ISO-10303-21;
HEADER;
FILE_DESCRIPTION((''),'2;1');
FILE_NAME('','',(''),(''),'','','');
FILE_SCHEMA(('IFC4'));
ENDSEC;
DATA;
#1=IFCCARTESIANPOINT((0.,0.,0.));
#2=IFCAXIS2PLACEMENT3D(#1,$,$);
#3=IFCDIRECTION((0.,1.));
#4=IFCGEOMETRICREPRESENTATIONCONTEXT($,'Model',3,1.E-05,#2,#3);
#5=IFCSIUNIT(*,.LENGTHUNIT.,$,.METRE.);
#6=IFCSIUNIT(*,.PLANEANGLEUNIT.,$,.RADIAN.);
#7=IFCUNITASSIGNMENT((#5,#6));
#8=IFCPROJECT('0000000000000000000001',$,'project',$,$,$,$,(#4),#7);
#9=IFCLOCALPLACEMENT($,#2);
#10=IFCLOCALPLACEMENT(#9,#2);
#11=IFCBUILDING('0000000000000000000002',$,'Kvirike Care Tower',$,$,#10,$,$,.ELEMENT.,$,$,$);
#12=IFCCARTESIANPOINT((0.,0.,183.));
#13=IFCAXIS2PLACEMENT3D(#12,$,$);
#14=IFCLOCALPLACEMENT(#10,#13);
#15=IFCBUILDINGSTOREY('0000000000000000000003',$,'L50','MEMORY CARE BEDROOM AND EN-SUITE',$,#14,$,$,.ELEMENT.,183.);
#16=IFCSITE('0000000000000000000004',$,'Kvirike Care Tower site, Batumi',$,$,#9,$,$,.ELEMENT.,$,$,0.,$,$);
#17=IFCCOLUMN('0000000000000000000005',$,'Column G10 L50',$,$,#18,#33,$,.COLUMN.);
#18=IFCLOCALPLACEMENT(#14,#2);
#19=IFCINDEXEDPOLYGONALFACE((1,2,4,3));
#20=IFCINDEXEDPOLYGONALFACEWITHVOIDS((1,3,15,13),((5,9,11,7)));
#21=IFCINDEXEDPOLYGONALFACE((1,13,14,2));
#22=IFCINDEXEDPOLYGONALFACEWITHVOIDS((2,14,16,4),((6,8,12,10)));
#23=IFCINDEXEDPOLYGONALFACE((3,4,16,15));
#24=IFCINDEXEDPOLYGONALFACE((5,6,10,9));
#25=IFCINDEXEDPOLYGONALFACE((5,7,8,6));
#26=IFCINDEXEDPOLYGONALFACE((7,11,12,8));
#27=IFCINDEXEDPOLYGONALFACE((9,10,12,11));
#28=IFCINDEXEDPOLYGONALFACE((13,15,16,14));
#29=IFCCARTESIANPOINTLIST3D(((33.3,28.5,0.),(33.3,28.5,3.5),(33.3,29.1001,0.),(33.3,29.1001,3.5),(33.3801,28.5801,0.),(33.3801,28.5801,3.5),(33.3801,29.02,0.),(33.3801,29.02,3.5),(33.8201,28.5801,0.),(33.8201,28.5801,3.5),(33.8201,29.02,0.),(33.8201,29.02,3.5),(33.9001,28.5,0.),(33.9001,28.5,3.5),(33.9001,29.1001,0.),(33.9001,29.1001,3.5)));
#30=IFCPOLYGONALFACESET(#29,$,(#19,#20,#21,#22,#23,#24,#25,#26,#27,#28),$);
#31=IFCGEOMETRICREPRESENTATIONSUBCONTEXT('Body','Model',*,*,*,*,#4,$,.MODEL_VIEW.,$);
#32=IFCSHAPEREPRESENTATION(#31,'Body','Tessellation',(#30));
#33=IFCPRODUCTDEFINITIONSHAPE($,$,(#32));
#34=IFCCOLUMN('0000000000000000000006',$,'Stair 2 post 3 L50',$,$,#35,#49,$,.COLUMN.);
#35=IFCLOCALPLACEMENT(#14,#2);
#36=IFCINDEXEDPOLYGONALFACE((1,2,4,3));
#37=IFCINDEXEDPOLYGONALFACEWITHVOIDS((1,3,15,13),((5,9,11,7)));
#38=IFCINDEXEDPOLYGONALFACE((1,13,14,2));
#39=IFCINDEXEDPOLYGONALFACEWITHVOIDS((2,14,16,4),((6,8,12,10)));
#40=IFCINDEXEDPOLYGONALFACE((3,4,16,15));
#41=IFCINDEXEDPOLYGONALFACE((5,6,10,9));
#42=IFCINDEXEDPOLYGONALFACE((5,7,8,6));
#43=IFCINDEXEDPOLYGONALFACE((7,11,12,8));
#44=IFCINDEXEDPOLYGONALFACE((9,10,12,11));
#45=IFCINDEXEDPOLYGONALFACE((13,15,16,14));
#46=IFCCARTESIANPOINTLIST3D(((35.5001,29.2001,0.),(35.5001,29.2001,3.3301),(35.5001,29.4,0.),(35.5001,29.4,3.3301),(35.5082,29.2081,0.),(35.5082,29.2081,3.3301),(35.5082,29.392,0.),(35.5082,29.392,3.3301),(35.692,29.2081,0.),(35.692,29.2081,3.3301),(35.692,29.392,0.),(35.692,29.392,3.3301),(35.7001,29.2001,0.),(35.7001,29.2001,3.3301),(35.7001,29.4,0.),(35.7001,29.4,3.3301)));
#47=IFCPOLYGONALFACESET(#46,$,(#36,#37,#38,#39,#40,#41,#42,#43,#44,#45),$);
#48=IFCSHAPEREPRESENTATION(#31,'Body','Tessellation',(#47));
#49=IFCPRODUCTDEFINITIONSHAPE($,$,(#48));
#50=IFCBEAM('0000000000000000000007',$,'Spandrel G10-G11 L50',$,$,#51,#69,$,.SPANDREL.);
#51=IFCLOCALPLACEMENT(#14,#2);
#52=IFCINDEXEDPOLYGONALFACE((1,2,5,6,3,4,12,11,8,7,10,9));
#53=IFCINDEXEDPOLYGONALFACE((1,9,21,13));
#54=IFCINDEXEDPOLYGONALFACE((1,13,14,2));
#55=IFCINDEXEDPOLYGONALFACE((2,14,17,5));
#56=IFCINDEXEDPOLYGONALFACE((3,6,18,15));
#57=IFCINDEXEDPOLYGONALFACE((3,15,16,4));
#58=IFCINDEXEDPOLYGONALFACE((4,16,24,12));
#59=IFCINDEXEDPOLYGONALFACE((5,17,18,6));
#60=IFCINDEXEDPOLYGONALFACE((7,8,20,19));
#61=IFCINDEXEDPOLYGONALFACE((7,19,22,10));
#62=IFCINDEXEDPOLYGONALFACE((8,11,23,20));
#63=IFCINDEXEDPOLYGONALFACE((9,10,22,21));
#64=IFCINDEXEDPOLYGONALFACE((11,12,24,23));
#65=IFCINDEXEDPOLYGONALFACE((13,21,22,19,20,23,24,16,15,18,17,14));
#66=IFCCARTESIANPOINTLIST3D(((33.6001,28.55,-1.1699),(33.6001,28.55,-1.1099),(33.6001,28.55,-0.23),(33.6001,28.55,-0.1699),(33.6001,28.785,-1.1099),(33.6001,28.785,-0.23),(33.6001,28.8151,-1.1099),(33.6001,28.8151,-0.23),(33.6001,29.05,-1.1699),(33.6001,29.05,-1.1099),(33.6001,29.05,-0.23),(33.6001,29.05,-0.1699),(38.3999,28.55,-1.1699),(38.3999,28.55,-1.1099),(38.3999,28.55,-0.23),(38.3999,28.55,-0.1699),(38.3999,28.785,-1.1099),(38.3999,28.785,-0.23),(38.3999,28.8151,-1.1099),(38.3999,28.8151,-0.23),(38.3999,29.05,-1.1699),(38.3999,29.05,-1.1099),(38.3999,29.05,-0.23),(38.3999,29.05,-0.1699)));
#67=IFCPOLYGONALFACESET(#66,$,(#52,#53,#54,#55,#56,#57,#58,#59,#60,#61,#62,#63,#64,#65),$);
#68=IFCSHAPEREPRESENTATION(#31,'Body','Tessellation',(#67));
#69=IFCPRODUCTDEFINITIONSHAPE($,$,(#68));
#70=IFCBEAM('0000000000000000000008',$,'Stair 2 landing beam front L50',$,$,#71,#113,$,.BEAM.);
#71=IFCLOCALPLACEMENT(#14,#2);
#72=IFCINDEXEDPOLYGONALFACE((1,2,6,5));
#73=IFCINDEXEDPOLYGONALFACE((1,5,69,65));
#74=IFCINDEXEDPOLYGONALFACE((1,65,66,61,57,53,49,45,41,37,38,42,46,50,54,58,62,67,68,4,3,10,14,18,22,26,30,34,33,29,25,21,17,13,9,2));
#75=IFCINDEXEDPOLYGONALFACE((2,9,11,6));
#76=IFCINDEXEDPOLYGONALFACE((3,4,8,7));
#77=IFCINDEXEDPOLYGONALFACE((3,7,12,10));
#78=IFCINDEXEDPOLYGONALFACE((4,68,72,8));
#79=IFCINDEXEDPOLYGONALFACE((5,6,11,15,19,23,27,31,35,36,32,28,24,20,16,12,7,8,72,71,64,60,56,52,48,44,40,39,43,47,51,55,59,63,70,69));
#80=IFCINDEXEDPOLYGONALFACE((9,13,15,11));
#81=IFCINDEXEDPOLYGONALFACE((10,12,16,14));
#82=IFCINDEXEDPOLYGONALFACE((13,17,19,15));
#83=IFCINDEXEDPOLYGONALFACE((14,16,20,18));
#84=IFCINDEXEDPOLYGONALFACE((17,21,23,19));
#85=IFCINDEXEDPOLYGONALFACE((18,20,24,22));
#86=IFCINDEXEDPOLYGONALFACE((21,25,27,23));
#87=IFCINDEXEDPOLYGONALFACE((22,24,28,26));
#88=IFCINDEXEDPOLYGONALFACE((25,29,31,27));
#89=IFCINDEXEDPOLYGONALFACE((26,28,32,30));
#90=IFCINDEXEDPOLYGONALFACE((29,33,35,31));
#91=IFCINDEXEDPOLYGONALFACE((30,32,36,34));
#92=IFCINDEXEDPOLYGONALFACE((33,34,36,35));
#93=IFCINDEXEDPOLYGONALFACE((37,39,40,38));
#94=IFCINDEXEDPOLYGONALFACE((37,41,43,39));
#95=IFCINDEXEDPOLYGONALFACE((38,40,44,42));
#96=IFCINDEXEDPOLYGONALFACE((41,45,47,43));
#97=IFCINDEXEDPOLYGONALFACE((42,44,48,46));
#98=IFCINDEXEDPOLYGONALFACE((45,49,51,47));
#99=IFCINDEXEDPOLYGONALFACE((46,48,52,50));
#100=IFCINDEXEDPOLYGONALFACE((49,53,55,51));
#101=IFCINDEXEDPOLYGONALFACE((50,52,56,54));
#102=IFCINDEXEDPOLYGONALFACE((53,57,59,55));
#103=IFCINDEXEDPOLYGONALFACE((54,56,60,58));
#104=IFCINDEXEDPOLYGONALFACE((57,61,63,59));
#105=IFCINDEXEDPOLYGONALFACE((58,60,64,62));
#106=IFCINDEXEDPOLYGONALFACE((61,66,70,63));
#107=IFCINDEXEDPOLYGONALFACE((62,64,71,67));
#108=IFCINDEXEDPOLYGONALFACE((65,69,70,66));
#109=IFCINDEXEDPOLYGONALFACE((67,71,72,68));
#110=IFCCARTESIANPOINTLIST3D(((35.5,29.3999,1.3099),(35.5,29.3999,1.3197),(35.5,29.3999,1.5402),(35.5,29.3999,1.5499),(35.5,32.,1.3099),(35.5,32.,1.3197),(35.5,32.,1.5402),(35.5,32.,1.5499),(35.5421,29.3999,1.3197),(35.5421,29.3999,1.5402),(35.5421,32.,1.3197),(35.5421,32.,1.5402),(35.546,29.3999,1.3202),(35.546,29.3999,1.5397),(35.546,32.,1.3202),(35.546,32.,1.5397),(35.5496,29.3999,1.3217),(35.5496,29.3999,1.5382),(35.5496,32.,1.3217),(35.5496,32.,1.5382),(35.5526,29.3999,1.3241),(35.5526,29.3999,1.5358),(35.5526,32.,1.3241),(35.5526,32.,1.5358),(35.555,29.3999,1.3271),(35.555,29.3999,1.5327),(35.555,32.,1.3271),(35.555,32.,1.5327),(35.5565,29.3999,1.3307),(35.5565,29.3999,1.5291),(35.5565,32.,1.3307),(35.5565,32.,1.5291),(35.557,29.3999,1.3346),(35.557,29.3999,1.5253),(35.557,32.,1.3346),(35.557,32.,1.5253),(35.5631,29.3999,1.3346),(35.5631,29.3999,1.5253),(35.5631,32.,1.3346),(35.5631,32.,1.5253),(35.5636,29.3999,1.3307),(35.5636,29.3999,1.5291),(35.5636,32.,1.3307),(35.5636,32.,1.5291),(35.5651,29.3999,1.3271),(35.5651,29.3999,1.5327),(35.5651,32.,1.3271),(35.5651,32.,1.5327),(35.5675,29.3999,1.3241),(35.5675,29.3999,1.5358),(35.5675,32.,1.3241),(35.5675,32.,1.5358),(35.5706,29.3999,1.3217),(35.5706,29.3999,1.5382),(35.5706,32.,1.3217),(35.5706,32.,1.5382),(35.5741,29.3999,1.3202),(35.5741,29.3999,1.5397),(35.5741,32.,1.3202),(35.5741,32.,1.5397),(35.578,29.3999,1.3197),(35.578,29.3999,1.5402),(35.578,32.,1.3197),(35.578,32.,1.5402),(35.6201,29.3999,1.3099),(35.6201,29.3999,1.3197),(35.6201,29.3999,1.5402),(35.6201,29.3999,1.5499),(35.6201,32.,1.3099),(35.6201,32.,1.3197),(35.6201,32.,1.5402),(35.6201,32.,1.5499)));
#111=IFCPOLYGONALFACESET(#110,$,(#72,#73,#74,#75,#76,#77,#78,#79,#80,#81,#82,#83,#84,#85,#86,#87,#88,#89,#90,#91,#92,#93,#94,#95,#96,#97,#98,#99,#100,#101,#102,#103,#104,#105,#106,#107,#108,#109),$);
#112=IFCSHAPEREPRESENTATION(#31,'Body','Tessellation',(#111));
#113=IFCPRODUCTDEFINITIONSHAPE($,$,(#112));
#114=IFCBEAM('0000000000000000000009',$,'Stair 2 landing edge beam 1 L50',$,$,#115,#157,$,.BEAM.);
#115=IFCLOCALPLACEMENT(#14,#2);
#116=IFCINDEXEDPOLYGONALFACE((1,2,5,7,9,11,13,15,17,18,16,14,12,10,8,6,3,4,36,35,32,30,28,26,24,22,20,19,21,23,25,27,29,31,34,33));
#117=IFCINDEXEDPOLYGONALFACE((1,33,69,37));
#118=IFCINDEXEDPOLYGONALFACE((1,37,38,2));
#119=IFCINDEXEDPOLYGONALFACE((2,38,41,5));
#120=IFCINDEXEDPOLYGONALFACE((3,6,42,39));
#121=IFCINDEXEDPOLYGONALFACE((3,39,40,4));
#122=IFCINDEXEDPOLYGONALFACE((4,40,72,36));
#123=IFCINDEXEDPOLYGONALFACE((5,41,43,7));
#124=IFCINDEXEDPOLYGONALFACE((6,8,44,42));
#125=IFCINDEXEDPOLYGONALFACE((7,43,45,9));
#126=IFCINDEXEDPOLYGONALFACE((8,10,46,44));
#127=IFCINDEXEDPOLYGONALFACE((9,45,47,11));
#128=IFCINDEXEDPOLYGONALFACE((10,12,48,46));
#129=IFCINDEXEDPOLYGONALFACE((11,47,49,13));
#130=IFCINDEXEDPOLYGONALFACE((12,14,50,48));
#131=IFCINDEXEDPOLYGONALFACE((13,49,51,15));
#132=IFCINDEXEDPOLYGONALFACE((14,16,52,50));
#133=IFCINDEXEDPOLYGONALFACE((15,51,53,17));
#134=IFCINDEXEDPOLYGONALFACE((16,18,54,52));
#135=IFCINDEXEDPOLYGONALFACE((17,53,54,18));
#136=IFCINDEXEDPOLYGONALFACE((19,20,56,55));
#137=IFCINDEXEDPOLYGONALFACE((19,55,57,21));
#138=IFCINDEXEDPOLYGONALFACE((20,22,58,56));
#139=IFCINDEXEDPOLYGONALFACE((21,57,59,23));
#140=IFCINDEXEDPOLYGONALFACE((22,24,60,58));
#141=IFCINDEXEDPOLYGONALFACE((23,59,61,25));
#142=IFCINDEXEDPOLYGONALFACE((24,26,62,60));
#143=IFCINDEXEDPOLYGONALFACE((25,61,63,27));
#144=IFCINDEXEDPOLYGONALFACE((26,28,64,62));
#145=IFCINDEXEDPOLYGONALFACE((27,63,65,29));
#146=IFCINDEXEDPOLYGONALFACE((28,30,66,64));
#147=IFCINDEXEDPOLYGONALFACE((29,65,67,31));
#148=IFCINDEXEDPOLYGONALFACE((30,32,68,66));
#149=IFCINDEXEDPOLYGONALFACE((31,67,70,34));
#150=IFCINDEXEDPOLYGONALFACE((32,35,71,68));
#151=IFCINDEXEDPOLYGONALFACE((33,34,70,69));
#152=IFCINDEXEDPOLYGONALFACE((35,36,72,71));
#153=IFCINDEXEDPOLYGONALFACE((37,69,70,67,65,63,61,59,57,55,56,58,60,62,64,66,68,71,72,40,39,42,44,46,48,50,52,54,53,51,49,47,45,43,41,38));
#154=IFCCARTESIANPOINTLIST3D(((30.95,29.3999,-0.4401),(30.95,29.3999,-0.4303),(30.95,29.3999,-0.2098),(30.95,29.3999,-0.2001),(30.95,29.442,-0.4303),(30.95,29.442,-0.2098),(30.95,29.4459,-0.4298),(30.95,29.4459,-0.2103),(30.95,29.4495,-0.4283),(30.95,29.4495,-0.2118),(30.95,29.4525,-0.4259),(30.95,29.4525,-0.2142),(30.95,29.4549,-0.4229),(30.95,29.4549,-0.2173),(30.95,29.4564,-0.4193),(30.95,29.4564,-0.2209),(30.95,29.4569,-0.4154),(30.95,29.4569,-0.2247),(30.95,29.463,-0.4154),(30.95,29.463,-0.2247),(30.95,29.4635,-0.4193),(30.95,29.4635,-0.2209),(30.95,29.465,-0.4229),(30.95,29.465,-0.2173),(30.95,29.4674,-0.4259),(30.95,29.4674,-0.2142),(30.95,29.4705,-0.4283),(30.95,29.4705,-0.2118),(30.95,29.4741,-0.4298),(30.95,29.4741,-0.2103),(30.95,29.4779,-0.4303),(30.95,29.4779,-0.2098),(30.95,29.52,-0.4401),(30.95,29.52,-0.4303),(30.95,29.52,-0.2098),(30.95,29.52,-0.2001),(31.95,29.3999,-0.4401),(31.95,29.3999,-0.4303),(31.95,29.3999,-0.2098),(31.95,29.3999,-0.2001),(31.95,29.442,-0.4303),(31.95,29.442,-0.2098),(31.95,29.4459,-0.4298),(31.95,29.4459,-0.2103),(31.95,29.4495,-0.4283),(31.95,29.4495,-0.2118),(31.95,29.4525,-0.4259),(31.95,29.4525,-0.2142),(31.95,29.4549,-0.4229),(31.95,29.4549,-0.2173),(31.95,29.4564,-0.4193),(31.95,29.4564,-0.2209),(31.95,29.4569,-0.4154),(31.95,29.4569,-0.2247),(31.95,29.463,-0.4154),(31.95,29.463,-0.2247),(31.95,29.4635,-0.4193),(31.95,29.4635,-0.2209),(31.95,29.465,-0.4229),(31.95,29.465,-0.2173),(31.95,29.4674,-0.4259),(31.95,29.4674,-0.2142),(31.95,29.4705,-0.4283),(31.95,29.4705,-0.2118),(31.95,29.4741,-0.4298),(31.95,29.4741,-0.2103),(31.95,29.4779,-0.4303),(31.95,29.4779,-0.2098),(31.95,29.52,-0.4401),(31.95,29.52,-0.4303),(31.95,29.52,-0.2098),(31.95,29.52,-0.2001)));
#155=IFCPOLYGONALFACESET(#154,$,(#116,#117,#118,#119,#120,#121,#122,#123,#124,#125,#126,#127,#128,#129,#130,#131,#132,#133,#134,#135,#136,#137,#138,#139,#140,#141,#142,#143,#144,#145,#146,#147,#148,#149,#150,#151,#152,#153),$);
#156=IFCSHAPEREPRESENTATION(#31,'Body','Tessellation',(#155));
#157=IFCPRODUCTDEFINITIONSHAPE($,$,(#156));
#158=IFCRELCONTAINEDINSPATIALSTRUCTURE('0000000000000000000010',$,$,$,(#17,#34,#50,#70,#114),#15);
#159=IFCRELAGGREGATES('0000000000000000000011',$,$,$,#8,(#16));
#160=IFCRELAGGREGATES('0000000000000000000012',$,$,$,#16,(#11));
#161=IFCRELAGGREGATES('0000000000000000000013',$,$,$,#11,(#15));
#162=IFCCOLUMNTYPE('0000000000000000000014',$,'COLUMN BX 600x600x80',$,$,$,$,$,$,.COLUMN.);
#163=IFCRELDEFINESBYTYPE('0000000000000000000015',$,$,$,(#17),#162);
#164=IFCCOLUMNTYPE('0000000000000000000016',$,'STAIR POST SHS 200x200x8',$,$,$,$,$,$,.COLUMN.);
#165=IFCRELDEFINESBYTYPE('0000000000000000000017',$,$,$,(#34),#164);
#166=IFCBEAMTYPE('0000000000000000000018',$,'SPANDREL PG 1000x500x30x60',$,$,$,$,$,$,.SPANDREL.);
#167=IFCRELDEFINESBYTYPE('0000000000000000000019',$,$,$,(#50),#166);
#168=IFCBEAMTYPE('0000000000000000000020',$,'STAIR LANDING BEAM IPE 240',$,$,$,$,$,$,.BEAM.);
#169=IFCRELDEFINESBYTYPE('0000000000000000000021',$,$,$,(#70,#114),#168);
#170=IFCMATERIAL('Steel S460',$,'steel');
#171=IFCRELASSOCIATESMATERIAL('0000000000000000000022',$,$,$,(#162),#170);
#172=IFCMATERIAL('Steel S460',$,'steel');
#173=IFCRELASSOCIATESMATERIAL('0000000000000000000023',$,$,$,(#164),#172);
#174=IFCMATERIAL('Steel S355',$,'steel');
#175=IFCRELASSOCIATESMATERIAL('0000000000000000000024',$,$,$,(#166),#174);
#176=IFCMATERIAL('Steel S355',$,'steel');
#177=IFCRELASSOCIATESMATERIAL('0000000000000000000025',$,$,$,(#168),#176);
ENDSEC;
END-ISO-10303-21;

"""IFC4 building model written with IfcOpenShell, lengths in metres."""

from ifc_helpers import new_model, si_unit, direction, frame, origin, origin_2d, place, context, subcontext, project, spatial, hollow_rectangle, i_section, extrude, material, material_profile, profile_set, type_object, element, save


model = new_model("IFC4")

# Units and contexts
model_context = context("Model", 3, precision=1e-05, world=origin(), true_north=direction((0.0, 1.0)))
body_context = subcontext(model_context, "Body", "Model", "MODEL_VIEW")
ifc_project = project(units=[si_unit("LENGTHUNIT", "METRE"), si_unit("PLANEANGLEUNIT", "RADIAN")], contexts=[model_context])

# Site, building, storey
site_placement = place(None, origin())
site = spatial("IfcSite", under=ifc_project, at=site_placement, Name="Kvirike Care Tower site, Batumi", CompositionType="ELEMENT", RefElevation=0.0)
building_placement = place(site_placement, origin())
building = spatial("IfcBuilding", under=site, at=building_placement, Name="Kvirike Care Tower", CompositionType="ELEMENT")
storey_placement = place(building_placement, frame((0.0, 0.0, 183.0)))
storey = spatial("IfcBuildingStorey", under=building, at=storey_placement, Name="L50", Description="MEMORY CARE BEDROOM AND EN-SUITE", CompositionType="ELEMENT", Elevation=183.0)

# Columns
ifc_material_1 = material(Name="Steel S460", Category="steel")
ifc_material_profile_1 = material_profile(ifc_material_1, hollow_rectangle(XDim=0.6001, YDim=0.6001, WallThickness=0.0801, at=origin_2d()), Name="BX 600x600x80")
ifc_profile_set_1 = profile_set([ifc_material_profile_1], Name="Steel S460")
column_type_1 = type_object("IfcColumnType", Name="COLUMN BX 600x600x80", PredefinedType="COLUMN", material=ifc_profile_set_1)
column_1_placement = place(storey_placement, frame((33.6001, 28.8, 0.0), z_axis=(0.0, 0.0, 1.0), x_axis=(0.0, 1.0, 0.0)))
element("IfcColumn", 1, at=column_1_placement, inside=storey, type_object=column_type_1, Name="Column G10 L50", PredefinedType="COLUMN", context=body_context, shape_type="SweptSolid", body=[
    extrude(hollow_rectangle(XDim=0.6001, YDim=0.6001, WallThickness=0.0801, at=origin_2d()), origin(), (0.0, 0.0, 1.0), 3.5),
])
ifc_material_2 = material(Name="Steel S460", Category="steel")
ifc_material_profile_2 = material_profile(ifc_material_2, hollow_rectangle(XDim=0.2, YDim=0.2, WallThickness=0.0081, at=origin_2d()), Name="SHS 200x200x8")
ifc_profile_set_2 = profile_set([ifc_material_profile_2], Name="Steel S460")
column_type_2 = type_object("IfcColumnType", Name="STAIR POST SHS 200x200x8", PredefinedType="COLUMN", material=ifc_profile_set_2)
column_2_placement = place(storey_placement, frame((35.6001, 29.3, 0.0), z_axis=(0.0, 0.0, 1.0), x_axis=(1.0, 0.0, 0.0)))
element("IfcColumn", 2, at=column_2_placement, inside=storey, type_object=column_type_2, Name="Stair 2 post 3 L50", PredefinedType="COLUMN", context=body_context, shape_type="SweptSolid", body=[
    extrude(hollow_rectangle(XDim=0.2, YDim=0.2, WallThickness=0.0081, at=origin_2d()), origin(), (0.0, 0.0, 1.0), 3.3301),
])

# Beams
ifc_material_3 = material(Name="Steel S355", Category="steel")
ifc_material_profile_3 = material_profile(ifc_material_3, i_section(OverallWidth=0.5, OverallDepth=1.0, WebThickness=0.03, FlangeThickness=0.0601, at=origin_2d()), Name="PG 1000x500x30x60")
ifc_profile_set_3 = profile_set([ifc_material_profile_3], Name="Steel S355")
beam_type_1 = type_object("IfcBeamType", Name="SPANDREL PG 1000x500x30x60", PredefinedType="SPANDREL", material=ifc_profile_set_3)
beam_1_placement = place(storey_placement, frame((33.6001, 28.8, -0.6699), z_axis=(1.0, 0.0, 0.0), x_axis=(0.0, 1.0, 0.0)))
element("IfcBeam", 3, at=beam_1_placement, inside=storey, type_object=beam_type_1, Name="Spandrel G10-G11 L50", PredefinedType="SPANDREL", context=body_context, shape_type="SweptSolid", body=[
    extrude(i_section(OverallWidth=0.5, OverallDepth=1.0, WebThickness=0.03, FlangeThickness=0.0601, at=origin_2d()), origin(), (0.0, 0.0, 1.0), 4.7998),
])
ifc_material_4 = material(Name="Steel S355", Category="steel")
ifc_material_profile_4 = material_profile(ifc_material_4, i_section(OverallWidth=0.1201, OverallDepth=0.24, WebThickness=0.0061, FlangeThickness=0.0098, FilletRadius=0.0149, at=origin_2d()), Name="IPE 240")
ifc_profile_set_4 = profile_set([ifc_material_profile_4], Name="Steel S355")
beam_type_2 = type_object("IfcBeamType", Name="STAIR LANDING BEAM IPE 240", PredefinedType="BEAM", material=ifc_profile_set_4)
beam_2_placement = place(storey_placement, frame((35.5601, 29.3999, 1.4299), z_axis=(0.0, 1.0, 0.0), x_axis=(-1.0, 0.0, 0.0)))
element("IfcBeam", 4, at=beam_2_placement, inside=storey, type_object=beam_type_2, Name="Stair 2 landing beam front L50", PredefinedType="BEAM", context=body_context, shape_type="SweptSolid", body=[
    extrude(i_section(OverallWidth=0.1201, OverallDepth=0.24, WebThickness=0.0061, FlangeThickness=0.0098, FilletRadius=0.0149, at=origin_2d()), origin(), (0.0, 0.0, 1.0), 2.6001),
])
for number, where, z_axis, x_axis, name in (
    (5, (31.95, 29.46, -0.3201), (-1.0, 0.0, 0.0), (0.0, -1.0, 0.0), "Stair 2 landing edge beam 1 L50"),
):
    element("IfcBeam", number, at=place(storey_placement, frame(where, z_axis=z_axis, x_axis=x_axis)), inside=storey, type_object=beam_type_2, Name=name, PredefinedType="BEAM", context=body_context, shape_type="SweptSolid", body=[
        extrude(i_section(OverallWidth=0.1201, OverallDepth=0.24, WebThickness=0.0061, FlangeThickness=0.0098, FilletRadius=0.0149, at=origin_2d()), origin(), (0.0, 0.0, 1.0), 1.0),
    ])

save(model, "model.ifc")
